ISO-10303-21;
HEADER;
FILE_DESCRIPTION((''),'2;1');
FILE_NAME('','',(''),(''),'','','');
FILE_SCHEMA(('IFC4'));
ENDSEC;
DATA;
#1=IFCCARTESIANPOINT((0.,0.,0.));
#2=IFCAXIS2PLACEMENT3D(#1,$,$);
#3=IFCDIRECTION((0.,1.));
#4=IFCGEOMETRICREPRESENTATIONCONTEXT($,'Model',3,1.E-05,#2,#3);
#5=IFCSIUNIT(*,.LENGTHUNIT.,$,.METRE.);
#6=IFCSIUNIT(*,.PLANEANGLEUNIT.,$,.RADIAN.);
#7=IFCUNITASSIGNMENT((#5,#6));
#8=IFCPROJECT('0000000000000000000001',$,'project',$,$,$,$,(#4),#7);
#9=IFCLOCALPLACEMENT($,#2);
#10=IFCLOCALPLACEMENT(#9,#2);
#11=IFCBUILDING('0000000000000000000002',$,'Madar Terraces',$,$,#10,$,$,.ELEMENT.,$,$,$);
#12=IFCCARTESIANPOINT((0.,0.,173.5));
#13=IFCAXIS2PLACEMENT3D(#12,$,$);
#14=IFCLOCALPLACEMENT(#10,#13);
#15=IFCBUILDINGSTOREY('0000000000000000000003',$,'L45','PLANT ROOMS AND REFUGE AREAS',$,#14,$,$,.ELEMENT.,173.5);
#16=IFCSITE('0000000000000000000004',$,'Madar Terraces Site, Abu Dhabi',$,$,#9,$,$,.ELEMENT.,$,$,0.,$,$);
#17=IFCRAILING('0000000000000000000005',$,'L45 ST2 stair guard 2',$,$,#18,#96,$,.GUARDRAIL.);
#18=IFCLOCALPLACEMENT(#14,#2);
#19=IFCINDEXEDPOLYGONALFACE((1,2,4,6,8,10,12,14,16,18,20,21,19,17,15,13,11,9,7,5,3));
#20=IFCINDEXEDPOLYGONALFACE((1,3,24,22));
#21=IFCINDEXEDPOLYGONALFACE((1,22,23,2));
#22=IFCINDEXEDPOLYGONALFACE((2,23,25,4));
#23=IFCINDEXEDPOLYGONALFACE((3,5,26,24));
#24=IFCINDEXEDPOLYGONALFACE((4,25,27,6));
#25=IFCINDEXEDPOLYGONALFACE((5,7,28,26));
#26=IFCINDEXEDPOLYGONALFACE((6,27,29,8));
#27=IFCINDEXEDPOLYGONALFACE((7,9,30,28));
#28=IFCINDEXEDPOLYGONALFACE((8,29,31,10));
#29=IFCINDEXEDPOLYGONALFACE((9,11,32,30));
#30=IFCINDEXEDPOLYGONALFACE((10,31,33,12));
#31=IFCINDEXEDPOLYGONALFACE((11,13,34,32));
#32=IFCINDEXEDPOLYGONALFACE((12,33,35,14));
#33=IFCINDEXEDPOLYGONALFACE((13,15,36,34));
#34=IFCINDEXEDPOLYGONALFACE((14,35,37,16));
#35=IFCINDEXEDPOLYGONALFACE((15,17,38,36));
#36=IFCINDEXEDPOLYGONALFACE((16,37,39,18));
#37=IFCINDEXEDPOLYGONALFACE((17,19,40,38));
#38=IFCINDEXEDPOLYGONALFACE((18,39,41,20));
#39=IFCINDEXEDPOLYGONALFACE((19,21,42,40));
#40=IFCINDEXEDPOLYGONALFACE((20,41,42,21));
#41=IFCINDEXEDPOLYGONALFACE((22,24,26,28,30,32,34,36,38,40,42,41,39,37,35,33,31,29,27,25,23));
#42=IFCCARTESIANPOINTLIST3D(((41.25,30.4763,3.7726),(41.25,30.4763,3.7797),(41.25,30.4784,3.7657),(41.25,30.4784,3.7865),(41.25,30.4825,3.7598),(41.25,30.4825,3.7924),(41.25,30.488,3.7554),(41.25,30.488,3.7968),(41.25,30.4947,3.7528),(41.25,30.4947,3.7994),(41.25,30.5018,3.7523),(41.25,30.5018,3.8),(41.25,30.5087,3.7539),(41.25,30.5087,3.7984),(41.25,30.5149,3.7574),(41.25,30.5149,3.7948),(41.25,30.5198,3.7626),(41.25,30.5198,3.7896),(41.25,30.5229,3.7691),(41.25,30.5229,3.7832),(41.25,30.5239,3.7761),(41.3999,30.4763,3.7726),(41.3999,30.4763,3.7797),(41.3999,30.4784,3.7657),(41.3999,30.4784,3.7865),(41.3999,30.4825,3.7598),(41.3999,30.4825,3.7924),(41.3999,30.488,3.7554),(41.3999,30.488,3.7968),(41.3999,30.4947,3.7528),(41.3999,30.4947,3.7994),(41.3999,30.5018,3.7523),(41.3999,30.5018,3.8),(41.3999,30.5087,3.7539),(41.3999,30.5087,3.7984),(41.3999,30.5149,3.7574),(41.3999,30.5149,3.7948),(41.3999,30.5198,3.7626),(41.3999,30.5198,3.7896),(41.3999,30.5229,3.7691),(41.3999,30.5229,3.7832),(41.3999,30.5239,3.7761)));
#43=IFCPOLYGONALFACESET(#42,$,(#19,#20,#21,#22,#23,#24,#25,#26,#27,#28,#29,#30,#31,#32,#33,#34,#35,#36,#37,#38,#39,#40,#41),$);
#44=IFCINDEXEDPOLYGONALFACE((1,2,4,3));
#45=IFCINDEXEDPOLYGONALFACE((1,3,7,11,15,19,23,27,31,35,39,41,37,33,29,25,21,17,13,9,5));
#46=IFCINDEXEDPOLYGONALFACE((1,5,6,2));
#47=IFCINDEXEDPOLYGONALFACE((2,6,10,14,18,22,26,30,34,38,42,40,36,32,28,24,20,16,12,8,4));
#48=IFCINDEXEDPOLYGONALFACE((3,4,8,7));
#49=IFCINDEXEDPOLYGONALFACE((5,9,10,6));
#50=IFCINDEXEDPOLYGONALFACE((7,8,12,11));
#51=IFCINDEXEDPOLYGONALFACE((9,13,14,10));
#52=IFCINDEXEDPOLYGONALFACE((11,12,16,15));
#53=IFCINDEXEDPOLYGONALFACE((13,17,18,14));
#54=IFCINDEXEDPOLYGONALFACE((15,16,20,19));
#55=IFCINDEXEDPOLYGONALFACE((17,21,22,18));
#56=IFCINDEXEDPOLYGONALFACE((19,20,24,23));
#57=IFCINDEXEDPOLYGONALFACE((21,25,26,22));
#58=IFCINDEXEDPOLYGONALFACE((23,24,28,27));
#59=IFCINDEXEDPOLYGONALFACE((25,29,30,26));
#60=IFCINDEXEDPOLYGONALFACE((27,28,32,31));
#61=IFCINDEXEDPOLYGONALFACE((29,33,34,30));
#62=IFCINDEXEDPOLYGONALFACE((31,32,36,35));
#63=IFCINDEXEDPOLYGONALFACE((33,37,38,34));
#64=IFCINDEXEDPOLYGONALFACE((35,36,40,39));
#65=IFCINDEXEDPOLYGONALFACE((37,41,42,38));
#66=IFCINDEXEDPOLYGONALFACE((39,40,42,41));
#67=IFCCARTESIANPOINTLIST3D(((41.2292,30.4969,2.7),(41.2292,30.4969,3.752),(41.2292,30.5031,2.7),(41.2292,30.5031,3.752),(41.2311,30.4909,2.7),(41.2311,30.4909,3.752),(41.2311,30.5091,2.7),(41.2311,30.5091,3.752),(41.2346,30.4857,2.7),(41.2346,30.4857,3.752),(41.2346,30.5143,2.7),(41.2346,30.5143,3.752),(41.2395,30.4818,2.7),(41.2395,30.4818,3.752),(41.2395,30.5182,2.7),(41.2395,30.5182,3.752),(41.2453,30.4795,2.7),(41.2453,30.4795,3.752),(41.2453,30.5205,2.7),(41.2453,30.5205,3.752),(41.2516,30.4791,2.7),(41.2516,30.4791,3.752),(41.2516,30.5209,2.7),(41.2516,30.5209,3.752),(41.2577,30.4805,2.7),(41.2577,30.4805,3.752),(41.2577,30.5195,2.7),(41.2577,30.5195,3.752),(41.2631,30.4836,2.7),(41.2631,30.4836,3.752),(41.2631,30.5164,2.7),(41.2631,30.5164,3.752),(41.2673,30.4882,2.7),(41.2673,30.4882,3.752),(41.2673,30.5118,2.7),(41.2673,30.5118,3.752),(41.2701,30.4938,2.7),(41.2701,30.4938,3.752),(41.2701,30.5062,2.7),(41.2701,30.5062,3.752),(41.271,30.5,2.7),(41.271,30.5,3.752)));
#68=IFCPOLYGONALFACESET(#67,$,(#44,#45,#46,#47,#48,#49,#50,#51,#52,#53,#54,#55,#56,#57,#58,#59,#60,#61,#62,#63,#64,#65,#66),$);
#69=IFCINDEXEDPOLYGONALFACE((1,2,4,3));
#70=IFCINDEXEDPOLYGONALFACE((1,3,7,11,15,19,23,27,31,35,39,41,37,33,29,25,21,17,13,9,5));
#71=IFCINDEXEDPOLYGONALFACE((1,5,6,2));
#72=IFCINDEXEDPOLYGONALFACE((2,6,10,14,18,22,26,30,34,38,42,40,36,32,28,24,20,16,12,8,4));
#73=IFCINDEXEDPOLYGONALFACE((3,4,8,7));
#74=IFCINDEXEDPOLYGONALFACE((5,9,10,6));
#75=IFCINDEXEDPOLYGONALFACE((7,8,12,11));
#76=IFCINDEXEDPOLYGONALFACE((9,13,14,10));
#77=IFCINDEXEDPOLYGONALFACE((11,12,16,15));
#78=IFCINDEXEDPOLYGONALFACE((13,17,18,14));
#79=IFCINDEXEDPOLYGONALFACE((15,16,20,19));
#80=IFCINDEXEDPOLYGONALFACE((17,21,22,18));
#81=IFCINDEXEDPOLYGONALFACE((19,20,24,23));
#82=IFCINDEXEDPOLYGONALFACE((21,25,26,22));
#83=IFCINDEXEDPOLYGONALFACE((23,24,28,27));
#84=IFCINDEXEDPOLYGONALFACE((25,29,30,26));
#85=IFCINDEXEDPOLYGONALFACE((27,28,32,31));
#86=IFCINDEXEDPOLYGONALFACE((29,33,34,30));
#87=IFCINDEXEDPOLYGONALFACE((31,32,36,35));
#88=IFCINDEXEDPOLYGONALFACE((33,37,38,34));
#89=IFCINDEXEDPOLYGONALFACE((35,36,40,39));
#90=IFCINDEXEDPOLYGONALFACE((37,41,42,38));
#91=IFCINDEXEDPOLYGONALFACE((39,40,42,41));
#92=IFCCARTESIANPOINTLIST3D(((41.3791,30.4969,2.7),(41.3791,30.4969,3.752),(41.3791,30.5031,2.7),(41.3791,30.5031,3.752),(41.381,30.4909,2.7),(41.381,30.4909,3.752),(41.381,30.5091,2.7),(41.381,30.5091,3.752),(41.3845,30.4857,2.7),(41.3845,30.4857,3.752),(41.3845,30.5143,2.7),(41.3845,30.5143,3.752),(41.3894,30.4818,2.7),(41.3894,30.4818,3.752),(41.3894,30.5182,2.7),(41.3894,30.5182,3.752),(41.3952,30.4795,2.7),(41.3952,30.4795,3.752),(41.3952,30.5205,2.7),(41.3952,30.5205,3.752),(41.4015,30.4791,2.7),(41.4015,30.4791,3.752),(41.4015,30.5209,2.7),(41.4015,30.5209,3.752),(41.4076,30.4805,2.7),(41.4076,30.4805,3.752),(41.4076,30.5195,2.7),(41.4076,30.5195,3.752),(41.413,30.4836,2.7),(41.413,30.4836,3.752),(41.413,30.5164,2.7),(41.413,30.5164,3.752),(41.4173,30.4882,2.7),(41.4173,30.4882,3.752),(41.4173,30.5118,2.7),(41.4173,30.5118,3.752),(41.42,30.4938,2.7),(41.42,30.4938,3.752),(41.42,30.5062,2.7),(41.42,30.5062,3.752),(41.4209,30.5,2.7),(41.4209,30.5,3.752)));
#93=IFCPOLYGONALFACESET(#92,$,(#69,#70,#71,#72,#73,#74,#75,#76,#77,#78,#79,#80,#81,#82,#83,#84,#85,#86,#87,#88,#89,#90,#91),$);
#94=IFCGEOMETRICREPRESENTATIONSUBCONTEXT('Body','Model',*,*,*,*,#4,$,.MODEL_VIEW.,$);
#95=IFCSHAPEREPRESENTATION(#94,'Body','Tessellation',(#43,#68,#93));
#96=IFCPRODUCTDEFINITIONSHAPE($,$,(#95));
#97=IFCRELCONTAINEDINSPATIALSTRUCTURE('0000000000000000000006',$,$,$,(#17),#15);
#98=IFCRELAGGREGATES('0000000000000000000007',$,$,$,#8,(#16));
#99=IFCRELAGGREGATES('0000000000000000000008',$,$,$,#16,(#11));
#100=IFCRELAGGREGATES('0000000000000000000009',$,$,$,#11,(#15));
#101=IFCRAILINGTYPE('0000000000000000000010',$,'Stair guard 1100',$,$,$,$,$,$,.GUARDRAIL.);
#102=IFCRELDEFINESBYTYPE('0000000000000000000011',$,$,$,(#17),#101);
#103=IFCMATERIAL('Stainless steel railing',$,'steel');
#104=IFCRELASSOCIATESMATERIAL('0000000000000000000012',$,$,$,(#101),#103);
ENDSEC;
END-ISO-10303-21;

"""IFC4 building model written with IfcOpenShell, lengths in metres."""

from ifc_helpers import new_model, si_unit, direction, frame, origin, origin_2d, place, context, subcontext, project, spatial, circle, extrude, material, type_object, element, save


model = new_model("IFC4")

# Units and contexts
model_context = context("Model", 3, precision=1e-05, world=origin(), true_north=direction((0.0, 1.0)))
body_context = subcontext(model_context, "Body", "Model", "MODEL_VIEW")
ifc_project = project(units=[si_unit("LENGTHUNIT", "METRE"), si_unit("PLANEANGLEUNIT", "RADIAN")], contexts=[model_context])

# Site, building, storey
site_placement = place(None, origin())
site = spatial("IfcSite", under=ifc_project, at=site_placement, Name="Madar Terraces Site, Abu Dhabi", CompositionType="ELEMENT", RefElevation=0.0)
building_placement = place(site_placement, origin())
building = spatial("IfcBuilding", under=site, at=building_placement, Name="Madar Terraces", CompositionType="ELEMENT")
storey_placement = place(building_placement, frame((0.0, 0.0, 173.5)))
storey = spatial("IfcBuildingStorey", under=building, at=storey_placement, Name="L45", Description="PLANT ROOMS AND REFUGE AREAS", CompositionType="ELEMENT", Elevation=173.5)

# Railing
ifc_material_1 = material(Name="Stainless steel railing", Category="steel")
railing_type_1 = type_object("IfcRailingType", Name="Stair guard 1100", PredefinedType="GUARDRAIL", material=ifc_material_1)
railing_1_placement = place(storey_placement, frame((41.25, 30.5, 2.7)))
element("IfcRailing", 1, at=railing_1_placement, inside=storey, type_object=railing_type_1, Name="L45 ST2 stair guard 2", PredefinedType="GUARDRAIL", context=body_context, shape_type="SweptSolid", body=[
    extrude(circle(Radius=0.0239, at=origin_2d()), frame((0.0, 0.0, 1.0762), z_axis=(1.0, 0.0, 0.0), x_axis=(0.0, 1.0, 0.0)), (0.0, 0.0, 1.0), 0.1499),
    extrude(circle(Radius=0.021, at=origin_2d()), origin(), (0.0, 0.0, 1.0), 1.052),
    extrude(circle(Radius=0.021, at=origin_2d()), frame((0.1499, 0.0, 0.0)), (0.0, 0.0, 1.0), 1.052),
])

save(model, "model.ifc")
